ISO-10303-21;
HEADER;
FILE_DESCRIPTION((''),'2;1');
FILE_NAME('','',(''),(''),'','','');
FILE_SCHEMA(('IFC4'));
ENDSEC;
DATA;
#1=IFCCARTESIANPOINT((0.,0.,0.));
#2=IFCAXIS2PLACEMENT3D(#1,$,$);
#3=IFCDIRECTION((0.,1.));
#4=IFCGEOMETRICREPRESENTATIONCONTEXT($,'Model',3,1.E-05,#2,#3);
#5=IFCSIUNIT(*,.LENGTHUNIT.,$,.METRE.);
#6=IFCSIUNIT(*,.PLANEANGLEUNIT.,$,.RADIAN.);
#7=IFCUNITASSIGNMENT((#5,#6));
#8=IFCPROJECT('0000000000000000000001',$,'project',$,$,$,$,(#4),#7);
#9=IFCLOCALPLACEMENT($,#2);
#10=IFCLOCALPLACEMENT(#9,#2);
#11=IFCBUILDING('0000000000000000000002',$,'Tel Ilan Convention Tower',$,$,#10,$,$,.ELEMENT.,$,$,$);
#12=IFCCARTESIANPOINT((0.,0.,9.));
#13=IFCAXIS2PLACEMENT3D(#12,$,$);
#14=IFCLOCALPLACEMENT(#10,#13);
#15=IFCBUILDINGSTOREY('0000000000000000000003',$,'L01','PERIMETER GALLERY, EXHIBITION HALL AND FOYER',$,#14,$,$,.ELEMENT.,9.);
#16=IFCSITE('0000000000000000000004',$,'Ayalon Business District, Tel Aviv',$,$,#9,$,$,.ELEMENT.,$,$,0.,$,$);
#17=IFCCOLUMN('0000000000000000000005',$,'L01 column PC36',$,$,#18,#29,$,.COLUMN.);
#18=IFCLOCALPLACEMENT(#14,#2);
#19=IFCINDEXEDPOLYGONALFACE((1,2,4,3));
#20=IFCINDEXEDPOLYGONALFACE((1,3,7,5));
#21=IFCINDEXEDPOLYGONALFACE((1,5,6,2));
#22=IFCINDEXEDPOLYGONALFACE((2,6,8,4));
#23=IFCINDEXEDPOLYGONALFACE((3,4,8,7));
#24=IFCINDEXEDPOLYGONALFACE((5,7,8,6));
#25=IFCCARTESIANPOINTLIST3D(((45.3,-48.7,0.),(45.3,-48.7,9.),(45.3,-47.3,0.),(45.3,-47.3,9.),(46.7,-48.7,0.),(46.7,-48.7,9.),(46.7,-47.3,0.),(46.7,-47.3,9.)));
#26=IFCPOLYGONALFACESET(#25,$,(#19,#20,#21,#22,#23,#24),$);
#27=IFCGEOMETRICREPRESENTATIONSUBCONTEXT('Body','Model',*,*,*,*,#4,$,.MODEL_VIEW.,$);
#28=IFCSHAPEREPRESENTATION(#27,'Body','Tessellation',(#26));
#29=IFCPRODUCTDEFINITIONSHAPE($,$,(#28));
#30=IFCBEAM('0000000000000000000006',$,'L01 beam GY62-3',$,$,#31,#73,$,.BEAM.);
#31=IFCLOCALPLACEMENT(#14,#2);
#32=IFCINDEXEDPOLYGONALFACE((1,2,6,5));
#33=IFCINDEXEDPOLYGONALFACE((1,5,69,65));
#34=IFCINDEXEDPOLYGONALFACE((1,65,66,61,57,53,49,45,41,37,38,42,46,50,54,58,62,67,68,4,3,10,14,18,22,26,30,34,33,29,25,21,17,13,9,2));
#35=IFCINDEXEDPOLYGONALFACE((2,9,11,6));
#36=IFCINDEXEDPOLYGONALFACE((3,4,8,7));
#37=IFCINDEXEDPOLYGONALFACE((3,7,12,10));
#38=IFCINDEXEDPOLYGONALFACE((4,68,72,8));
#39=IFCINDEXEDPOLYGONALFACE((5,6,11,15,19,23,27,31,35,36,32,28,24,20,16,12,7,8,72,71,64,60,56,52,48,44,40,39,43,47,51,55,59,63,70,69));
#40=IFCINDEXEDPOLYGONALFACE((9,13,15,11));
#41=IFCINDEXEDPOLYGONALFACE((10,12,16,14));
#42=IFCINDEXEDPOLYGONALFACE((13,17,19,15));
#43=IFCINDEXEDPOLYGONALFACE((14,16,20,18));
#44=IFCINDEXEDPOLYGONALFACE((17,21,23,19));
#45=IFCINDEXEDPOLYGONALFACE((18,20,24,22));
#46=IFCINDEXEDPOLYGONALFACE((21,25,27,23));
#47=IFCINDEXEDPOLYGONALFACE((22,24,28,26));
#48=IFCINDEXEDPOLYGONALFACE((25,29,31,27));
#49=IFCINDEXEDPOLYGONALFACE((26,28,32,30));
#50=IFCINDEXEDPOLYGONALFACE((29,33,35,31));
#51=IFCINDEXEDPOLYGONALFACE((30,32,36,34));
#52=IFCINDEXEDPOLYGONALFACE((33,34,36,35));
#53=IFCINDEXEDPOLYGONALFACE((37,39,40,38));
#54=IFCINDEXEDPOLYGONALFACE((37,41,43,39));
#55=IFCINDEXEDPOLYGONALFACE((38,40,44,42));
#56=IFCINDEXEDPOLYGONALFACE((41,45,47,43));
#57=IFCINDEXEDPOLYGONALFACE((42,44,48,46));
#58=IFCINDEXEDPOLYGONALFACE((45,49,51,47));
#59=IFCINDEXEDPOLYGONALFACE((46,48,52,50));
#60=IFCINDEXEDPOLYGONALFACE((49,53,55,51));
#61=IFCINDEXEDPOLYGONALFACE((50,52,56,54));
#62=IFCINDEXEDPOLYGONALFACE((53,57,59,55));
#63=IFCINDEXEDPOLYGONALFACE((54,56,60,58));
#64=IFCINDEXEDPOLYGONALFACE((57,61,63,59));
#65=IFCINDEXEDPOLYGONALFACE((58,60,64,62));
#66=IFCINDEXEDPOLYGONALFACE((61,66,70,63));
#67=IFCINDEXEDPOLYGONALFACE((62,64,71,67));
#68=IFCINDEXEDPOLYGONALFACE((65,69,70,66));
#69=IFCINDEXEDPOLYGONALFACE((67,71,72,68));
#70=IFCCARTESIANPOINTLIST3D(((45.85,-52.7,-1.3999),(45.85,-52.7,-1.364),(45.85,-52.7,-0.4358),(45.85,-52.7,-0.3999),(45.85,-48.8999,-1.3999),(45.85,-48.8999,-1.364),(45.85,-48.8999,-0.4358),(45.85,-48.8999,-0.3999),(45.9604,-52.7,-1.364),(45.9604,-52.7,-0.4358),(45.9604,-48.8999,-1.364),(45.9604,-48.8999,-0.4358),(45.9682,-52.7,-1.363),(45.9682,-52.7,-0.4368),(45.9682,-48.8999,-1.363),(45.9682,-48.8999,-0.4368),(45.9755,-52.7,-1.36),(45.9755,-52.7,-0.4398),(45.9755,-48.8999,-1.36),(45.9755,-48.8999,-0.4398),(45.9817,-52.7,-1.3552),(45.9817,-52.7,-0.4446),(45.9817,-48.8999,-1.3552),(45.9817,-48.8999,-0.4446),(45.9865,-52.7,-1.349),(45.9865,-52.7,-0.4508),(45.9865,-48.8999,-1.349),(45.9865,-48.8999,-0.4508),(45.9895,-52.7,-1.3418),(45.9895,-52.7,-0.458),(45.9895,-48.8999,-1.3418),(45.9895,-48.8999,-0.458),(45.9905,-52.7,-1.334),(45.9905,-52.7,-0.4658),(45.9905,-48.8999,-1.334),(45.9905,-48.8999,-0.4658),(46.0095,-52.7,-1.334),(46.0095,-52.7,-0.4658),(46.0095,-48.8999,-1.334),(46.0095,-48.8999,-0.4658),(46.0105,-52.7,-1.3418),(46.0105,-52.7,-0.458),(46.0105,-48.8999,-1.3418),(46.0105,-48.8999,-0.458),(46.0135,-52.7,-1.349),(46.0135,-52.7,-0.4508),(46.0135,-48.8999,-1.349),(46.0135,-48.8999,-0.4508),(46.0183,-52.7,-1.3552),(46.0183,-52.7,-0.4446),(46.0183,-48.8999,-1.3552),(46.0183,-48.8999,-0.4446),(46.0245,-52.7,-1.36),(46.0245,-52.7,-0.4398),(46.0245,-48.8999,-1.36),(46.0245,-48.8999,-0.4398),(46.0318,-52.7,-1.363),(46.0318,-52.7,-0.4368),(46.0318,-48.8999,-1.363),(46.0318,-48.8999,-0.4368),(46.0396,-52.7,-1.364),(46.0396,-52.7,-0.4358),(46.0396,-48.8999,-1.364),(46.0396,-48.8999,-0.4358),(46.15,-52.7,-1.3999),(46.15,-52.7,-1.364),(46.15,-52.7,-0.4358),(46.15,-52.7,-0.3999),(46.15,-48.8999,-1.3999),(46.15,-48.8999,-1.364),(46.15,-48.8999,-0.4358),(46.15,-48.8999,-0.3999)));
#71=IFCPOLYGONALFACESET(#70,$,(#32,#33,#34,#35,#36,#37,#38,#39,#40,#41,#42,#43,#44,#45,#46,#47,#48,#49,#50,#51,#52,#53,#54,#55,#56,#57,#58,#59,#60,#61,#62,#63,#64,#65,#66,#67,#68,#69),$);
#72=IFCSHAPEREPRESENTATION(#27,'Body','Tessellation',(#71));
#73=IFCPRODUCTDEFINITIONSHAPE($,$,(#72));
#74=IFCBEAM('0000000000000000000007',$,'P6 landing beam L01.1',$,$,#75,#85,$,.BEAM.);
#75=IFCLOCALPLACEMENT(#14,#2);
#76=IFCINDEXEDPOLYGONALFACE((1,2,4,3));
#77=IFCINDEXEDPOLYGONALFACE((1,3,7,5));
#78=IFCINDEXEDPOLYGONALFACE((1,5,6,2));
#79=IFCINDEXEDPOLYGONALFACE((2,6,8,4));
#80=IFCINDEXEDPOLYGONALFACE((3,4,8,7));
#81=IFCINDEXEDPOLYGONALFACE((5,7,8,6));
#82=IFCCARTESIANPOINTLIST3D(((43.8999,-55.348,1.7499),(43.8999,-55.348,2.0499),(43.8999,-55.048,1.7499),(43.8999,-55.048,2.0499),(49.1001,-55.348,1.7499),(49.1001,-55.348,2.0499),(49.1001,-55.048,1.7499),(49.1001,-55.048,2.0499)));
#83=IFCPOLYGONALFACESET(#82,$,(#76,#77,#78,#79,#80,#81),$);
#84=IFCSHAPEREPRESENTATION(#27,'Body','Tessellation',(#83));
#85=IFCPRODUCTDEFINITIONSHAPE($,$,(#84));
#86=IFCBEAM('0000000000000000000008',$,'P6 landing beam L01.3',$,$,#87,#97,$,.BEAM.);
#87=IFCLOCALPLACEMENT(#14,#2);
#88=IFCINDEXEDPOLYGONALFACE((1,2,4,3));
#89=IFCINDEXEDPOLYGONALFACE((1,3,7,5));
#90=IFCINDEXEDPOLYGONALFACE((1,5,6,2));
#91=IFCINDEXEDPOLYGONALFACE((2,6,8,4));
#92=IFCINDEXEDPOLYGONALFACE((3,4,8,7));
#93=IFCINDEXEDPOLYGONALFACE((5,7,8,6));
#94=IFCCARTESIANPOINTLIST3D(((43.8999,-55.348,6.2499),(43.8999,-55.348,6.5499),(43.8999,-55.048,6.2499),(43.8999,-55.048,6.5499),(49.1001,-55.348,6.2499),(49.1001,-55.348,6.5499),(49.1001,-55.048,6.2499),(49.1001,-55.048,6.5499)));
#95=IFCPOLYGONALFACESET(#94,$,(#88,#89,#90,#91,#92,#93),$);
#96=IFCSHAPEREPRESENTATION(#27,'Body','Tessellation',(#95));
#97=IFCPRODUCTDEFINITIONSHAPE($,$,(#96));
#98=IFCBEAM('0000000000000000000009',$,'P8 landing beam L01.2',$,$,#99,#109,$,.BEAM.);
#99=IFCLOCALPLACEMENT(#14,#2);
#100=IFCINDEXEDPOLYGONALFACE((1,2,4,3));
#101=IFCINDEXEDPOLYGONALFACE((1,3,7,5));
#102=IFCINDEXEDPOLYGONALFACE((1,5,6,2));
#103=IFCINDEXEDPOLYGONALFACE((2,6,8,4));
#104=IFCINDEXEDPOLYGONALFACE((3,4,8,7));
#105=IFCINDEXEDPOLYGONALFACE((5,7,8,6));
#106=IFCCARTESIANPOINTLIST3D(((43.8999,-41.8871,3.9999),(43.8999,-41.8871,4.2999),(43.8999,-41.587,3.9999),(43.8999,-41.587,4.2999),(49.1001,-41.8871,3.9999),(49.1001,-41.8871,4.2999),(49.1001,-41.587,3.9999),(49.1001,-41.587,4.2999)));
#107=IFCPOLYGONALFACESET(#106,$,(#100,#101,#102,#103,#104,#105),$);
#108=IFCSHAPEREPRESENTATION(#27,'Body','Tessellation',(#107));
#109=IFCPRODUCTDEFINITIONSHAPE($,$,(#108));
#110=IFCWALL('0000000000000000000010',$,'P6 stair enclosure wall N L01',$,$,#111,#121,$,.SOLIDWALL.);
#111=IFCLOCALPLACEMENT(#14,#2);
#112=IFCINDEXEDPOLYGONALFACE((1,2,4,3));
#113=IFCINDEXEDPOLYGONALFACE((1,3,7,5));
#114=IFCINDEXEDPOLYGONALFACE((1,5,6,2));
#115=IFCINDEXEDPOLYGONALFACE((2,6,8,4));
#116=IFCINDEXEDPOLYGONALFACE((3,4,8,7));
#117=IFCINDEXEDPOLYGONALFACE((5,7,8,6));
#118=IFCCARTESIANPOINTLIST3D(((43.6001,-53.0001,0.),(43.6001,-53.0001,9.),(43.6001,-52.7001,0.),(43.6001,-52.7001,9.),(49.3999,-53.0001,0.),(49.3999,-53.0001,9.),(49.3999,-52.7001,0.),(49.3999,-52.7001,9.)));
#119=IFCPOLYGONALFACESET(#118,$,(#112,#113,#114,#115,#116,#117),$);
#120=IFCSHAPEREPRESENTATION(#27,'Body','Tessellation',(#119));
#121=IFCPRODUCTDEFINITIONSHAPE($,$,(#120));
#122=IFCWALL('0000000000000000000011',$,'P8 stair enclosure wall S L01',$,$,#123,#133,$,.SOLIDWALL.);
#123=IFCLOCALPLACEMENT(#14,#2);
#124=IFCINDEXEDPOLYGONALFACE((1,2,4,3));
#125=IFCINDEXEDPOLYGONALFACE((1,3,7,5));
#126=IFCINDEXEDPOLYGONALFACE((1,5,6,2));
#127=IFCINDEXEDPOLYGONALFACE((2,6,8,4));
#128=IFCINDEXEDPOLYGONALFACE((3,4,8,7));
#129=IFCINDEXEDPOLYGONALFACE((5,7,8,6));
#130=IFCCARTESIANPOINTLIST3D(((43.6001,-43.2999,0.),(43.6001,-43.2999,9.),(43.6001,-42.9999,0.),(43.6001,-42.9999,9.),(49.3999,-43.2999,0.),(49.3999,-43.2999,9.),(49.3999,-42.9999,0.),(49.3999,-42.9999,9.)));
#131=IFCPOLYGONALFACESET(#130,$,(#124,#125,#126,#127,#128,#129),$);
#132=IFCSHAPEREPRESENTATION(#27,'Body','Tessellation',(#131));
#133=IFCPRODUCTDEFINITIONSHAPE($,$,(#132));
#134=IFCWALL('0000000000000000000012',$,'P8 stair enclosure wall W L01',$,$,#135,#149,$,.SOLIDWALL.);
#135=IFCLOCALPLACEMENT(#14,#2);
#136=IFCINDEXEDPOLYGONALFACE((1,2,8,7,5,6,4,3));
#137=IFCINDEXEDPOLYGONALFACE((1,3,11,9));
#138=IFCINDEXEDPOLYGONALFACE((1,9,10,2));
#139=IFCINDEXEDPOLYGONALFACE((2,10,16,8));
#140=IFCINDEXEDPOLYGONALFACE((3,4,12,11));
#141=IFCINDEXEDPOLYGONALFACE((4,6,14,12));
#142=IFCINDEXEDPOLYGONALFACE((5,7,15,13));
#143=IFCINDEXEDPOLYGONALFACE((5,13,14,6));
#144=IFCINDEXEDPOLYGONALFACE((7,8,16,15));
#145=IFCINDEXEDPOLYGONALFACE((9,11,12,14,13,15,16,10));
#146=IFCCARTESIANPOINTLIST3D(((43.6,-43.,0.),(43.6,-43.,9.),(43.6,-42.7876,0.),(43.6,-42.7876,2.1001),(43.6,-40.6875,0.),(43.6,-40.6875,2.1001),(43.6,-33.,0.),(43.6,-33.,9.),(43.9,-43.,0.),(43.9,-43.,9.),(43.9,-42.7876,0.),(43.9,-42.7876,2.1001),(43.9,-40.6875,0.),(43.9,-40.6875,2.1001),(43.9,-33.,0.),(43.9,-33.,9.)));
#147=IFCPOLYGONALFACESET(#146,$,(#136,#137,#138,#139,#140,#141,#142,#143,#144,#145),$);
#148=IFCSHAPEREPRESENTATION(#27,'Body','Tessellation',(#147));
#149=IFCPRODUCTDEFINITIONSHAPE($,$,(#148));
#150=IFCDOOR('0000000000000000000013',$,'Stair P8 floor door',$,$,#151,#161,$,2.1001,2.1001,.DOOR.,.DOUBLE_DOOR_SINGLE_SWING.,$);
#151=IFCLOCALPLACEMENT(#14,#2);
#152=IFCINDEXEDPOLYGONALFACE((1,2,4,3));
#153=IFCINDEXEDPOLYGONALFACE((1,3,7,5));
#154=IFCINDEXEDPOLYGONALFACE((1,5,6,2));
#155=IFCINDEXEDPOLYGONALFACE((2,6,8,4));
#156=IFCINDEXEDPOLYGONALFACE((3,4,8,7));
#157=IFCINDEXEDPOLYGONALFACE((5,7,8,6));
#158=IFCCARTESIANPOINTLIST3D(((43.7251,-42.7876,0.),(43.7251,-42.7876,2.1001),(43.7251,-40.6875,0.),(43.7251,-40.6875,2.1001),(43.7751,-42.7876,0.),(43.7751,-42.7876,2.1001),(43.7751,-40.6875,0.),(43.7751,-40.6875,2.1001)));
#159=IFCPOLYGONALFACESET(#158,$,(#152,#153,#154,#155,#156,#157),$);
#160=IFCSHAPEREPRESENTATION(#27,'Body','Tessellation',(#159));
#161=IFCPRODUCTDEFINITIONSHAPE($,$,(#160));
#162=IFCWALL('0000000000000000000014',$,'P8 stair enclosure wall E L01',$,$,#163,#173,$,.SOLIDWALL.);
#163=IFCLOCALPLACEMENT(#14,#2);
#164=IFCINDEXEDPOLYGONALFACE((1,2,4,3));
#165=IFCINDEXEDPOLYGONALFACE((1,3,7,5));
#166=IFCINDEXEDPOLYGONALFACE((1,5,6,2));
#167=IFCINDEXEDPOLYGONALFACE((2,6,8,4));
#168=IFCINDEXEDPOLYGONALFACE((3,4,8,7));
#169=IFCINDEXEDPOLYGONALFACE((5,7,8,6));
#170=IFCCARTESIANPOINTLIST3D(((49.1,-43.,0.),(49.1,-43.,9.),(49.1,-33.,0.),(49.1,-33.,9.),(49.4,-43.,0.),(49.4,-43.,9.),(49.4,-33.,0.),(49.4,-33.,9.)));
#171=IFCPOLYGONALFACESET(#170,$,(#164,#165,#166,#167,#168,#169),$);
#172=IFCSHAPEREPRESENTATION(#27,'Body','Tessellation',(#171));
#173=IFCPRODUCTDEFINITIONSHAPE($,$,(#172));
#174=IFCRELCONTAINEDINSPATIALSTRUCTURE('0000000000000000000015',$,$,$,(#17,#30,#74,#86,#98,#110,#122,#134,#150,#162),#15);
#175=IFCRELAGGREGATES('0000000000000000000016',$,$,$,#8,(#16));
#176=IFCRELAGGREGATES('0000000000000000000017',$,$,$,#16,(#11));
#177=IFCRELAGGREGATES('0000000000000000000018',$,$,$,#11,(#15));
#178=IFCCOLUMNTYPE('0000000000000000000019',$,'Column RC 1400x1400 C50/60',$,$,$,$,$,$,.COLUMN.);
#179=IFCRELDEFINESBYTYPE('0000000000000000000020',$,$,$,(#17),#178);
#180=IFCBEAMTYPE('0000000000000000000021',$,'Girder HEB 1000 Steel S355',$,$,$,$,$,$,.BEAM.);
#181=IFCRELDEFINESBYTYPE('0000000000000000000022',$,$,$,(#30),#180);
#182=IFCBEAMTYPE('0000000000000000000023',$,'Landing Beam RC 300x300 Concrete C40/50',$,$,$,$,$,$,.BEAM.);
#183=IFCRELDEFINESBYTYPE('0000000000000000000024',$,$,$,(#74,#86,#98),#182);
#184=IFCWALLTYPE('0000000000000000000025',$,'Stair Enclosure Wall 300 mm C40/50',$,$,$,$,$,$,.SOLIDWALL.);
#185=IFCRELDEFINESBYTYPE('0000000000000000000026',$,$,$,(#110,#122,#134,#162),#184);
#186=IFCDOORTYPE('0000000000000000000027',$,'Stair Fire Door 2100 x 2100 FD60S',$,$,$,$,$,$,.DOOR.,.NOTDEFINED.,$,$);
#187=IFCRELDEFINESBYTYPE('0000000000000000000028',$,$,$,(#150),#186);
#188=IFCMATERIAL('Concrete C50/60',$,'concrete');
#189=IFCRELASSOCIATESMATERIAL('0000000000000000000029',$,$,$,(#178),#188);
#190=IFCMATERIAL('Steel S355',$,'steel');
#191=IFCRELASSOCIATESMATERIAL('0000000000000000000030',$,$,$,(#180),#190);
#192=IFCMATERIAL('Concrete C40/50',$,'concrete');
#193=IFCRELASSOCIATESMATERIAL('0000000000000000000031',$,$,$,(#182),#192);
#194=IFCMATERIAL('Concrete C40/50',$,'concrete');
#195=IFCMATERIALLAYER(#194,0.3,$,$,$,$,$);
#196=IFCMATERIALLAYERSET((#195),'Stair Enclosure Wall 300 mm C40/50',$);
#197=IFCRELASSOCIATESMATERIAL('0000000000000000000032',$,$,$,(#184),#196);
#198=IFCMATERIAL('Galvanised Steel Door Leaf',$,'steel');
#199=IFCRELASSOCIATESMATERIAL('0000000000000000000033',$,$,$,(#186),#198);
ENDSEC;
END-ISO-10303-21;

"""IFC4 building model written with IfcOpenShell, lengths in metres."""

from ifc_helpers import new_model, si_unit, direction, frame, frame_2d, origin, origin_2d, place, context, subcontext, project, spatial, rectangle, i_section, extrude, material, layer, layer_set, material_profile, profile_set, type_object, element, fill, save


model = new_model("IFC4")

# Units and contexts
model_context = context("Model", 3, precision=1e-05, world=origin(), true_north=direction((0.0, 1.0)))
body_context = subcontext(model_context, "Body", "Model", "MODEL_VIEW")
ifc_project = project(units=[si_unit("LENGTHUNIT", "METRE"), si_unit("PLANEANGLEUNIT", "RADIAN")], contexts=[model_context])

# Site, building, storey
site_placement = place(None, origin())
site = spatial("IfcSite", under=ifc_project, at=site_placement, Name="Ayalon Business District, Tel Aviv", CompositionType="ELEMENT", RefElevation=0.0)
building_placement = place(site_placement, origin())
building = spatial("IfcBuilding", under=site, at=building_placement, Name="Tel Ilan Convention Tower", CompositionType="ELEMENT")
storey_placement = place(building_placement, frame((0.0, 0.0, 9.0)))
storey = spatial("IfcBuildingStorey", under=building, at=storey_placement, Name="L01", Description="PERIMETER GALLERY, EXHIBITION HALL AND FOYER", CompositionType="ELEMENT", Elevation=9.0)

# Column
ifc_material_1 = material(Name="Concrete C50/60", Category="concrete")
ifc_material_profile_1 = material_profile(ifc_material_1, rectangle(XDim=1.3999, YDim=1.3999, at=origin_2d()), Name="RC 1400x1400")
ifc_profile_set_1 = profile_set([ifc_material_profile_1], Name="Concrete C50/60")
column_type = type_object("IfcColumnType", Name="Column RC 1400x1400 C50/60", PredefinedType="COLUMN", material=ifc_profile_set_1)
column_placement = place(storey_placement, frame((46.0, -48.0, 0.0), z_axis=(0.0, 0.0, 1.0), x_axis=(1.0, 0.0, 0.0)))
element("IfcColumn", 1, at=column_placement, inside=storey, type_object=column_type, Name="L01 column PC36", PredefinedType="COLUMN", context=body_context, shape_type="SweptSolid", body=[
    extrude(rectangle(XDim=1.3999, YDim=1.3999, at=origin_2d()), origin(), (0.0, 0.0, 1.0), 9.0),
])

# Beams
ifc_material_2 = material(Name="Steel S355", Category="steel")
ifc_material_profile_2 = material_profile(ifc_material_2, i_section(OverallWidth=0.3, OverallDepth=1.0, WebThickness=0.019, FlangeThickness=0.0359, FilletRadius=0.03, at=origin_2d()), Name="HEB 1000")
ifc_profile_set_2 = profile_set([ifc_material_profile_2], Name="Steel S355")
beam_type_1 = type_object("IfcBeamType", Name="Girder HEB 1000 Steel S355", PredefinedType="BEAM", material=ifc_profile_set_2)
beam_placement = place(storey_placement, frame((46.0, -52.7, -0.8999), z_axis=(0.0, 1.0, 0.0), x_axis=(-1.0, 0.0, 0.0)))
element("IfcBeam", 2, at=beam_placement, inside=storey, type_object=beam_type_1, Name="L01 beam GY62-3", PredefinedType="BEAM", context=body_context, shape_type="SweptSolid", body=[
    extrude(i_section(OverallWidth=0.3, OverallDepth=1.0, WebThickness=0.019, FlangeThickness=0.0359, FilletRadius=0.03, at=origin_2d()), origin(), (0.0, 0.0, 1.0), 3.8),
])
ifc_material_3 = material(Name="Concrete C40/50", Category="concrete")
ifc_material_profile_3 = material_profile(ifc_material_3, rectangle(XDim=0.3, YDim=0.3, at=origin_2d()), Name="RC 300x300")
ifc_profile_set_3 = profile_set([ifc_material_profile_3], Name="Concrete C40/50")
beam_type_2 = type_object("IfcBeamType", Name="Landing Beam RC 300x300 Concrete C40/50", PredefinedType="BEAM", material=ifc_profile_set_3)
for number, where, z_axis, x_axis, name in (
    (3, (49.1001, -55.198, 1.8999), (-1.0, 0.0, 0.0), (0.0, -1.0, 0.0), "P6 landing beam L01.1"),
    (4, (49.1001, -55.198, 6.3999), (-1.0, 0.0, 0.0), (0.0, -1.0, 0.0), "P6 landing beam L01.3"),
    (5, (49.1001, -41.7371, 4.1499), (-1.0, 0.0, 0.0), (0.0, -1.0, 0.0), "P8 landing beam L01.2"),
):
    element("IfcBeam", number, at=place(storey_placement, frame(where, z_axis=z_axis, x_axis=x_axis)), inside=storey, type_object=beam_type_2, Name=name, PredefinedType="BEAM", context=body_context, shape_type="SweptSolid", body=[
        extrude(rectangle(XDim=0.3, YDim=0.3, at=origin_2d()), origin(), (0.0, 0.0, 1.0), 5.2002),
    ])

# Walls
ifc_material_4 = material(Name="Concrete C40/50", Category="concrete")
ifc_layer = layer(ifc_material_4, 0.3)
ifc_layer_set = layer_set([ifc_layer], Name="Stair Enclosure Wall 300 mm C40/50")
wall_type = type_object("IfcWallType", Name="Stair Enclosure Wall 300 mm C40/50", PredefinedType="SOLIDWALL", material=ifc_layer_set)
for number, where, z_axis, x_axis, name in (
    (6, (43.6001, -52.8501, 0.0), (0.0, 0.0, 1.0), (1.0, 0.0, 0.0), "P6 stair enclosure wall N L01"),
    (7, (43.6001, -43.1499, 0.0), (0.0, 0.0, 1.0), (1.0, 0.0, 0.0), "P8 stair enclosure wall S L01"),
):
    element("IfcWall", number, at=place(storey_placement, frame(where, z_axis=z_axis, x_axis=x_axis)), inside=storey, type_object=wall_type, Name=name, PredefinedType="SOLIDWALL", context=body_context, shape_type="SweptSolid", body=[
        extrude(rectangle(XDim=5.7998, YDim=0.3, at=frame_2d((2.8999, 0.0))), origin(), (0.0, 0.0, 1.0), 9.0),
    ])

# Wall, opening, door
wall_1_placement = place(storey_placement, frame((43.75, -43.0, 0.0), z_axis=(0.0, 0.0, 1.0), x_axis=(0.0, 1.0, 0.0)))
wall_1 = element("IfcWall", 8, at=wall_1_placement, inside=storey, type_object=wall_type, Name="P8 stair enclosure wall W L01", PredefinedType="SOLIDWALL", context=body_context, shape_type="SweptSolid", body=[
    extrude(rectangle(XDim=10.0, YDim=0.3, at=frame_2d((5.0, 0.0))), origin(), (0.0, 0.0, 1.0), 9.0),
])
opening_placement = place(wall_1_placement, frame((0.2124, 0.0, 0.0)))
opening = element("IfcOpeningElement", 9, at=opening_placement, cuts=wall_1, PredefinedType="OPENING", context=body_context, shape_type="SweptSolid", body=[
    extrude(rectangle(XDim=2.1001, YDim=2.1001, at=frame_2d((1.05, 1.05))), frame((0.0, 0.1599, 0.0), z_axis=(0.0, -1.0, 0.0), x_axis=(1.0, 0.0, 0.0)), (0.0, 0.0, 1.0), 0.3201),
])
ifc_material_5 = material(Name="Galvanised Steel Door Leaf", Category="steel")
door_type = type_object("IfcDoorType", Name="Stair Fire Door 2100 x 2100 FD60S", OperationType="NOTDEFINED", PredefinedType="DOOR", material=ifc_material_5)
door_placement = place(opening_placement, origin())
door = element("IfcDoor", 10, at=door_placement, inside=storey, type_object=door_type, Name="Stair P8 floor door", OperationType="DOUBLE_DOOR_SINGLE_SWING", OverallHeight=2.1001, OverallWidth=2.1001, PredefinedType="DOOR", context=body_context, shape_type="SweptSolid", body=[
    extrude(rectangle(XDim=2.1001, YDim=2.1001, at=frame_2d((1.05, 1.05))), frame((0.0, 0.0249, 0.0), z_axis=(0.0, -1.0, 0.0), x_axis=(1.0, 0.0, 0.0)), (0.0, 0.0, 1.0), 0.05),
])
fill(opening, door)

# Wall
wall_2_placement = place(storey_placement, frame((49.25, -43.0, 0.0), z_axis=(0.0, 0.0, 1.0), x_axis=(0.0, 1.0, 0.0)))
element("IfcWall", 11, at=wall_2_placement, inside=storey, type_object=wall_type, Name="P8 stair enclosure wall E L01", PredefinedType="SOLIDWALL", context=body_context, shape_type="SweptSolid", body=[
    extrude(rectangle(XDim=10.0, YDim=0.3, at=frame_2d((5.0, 0.0))), origin(), (0.0, 0.0, 1.0), 9.0),
])

save(model, "model.ifc")
